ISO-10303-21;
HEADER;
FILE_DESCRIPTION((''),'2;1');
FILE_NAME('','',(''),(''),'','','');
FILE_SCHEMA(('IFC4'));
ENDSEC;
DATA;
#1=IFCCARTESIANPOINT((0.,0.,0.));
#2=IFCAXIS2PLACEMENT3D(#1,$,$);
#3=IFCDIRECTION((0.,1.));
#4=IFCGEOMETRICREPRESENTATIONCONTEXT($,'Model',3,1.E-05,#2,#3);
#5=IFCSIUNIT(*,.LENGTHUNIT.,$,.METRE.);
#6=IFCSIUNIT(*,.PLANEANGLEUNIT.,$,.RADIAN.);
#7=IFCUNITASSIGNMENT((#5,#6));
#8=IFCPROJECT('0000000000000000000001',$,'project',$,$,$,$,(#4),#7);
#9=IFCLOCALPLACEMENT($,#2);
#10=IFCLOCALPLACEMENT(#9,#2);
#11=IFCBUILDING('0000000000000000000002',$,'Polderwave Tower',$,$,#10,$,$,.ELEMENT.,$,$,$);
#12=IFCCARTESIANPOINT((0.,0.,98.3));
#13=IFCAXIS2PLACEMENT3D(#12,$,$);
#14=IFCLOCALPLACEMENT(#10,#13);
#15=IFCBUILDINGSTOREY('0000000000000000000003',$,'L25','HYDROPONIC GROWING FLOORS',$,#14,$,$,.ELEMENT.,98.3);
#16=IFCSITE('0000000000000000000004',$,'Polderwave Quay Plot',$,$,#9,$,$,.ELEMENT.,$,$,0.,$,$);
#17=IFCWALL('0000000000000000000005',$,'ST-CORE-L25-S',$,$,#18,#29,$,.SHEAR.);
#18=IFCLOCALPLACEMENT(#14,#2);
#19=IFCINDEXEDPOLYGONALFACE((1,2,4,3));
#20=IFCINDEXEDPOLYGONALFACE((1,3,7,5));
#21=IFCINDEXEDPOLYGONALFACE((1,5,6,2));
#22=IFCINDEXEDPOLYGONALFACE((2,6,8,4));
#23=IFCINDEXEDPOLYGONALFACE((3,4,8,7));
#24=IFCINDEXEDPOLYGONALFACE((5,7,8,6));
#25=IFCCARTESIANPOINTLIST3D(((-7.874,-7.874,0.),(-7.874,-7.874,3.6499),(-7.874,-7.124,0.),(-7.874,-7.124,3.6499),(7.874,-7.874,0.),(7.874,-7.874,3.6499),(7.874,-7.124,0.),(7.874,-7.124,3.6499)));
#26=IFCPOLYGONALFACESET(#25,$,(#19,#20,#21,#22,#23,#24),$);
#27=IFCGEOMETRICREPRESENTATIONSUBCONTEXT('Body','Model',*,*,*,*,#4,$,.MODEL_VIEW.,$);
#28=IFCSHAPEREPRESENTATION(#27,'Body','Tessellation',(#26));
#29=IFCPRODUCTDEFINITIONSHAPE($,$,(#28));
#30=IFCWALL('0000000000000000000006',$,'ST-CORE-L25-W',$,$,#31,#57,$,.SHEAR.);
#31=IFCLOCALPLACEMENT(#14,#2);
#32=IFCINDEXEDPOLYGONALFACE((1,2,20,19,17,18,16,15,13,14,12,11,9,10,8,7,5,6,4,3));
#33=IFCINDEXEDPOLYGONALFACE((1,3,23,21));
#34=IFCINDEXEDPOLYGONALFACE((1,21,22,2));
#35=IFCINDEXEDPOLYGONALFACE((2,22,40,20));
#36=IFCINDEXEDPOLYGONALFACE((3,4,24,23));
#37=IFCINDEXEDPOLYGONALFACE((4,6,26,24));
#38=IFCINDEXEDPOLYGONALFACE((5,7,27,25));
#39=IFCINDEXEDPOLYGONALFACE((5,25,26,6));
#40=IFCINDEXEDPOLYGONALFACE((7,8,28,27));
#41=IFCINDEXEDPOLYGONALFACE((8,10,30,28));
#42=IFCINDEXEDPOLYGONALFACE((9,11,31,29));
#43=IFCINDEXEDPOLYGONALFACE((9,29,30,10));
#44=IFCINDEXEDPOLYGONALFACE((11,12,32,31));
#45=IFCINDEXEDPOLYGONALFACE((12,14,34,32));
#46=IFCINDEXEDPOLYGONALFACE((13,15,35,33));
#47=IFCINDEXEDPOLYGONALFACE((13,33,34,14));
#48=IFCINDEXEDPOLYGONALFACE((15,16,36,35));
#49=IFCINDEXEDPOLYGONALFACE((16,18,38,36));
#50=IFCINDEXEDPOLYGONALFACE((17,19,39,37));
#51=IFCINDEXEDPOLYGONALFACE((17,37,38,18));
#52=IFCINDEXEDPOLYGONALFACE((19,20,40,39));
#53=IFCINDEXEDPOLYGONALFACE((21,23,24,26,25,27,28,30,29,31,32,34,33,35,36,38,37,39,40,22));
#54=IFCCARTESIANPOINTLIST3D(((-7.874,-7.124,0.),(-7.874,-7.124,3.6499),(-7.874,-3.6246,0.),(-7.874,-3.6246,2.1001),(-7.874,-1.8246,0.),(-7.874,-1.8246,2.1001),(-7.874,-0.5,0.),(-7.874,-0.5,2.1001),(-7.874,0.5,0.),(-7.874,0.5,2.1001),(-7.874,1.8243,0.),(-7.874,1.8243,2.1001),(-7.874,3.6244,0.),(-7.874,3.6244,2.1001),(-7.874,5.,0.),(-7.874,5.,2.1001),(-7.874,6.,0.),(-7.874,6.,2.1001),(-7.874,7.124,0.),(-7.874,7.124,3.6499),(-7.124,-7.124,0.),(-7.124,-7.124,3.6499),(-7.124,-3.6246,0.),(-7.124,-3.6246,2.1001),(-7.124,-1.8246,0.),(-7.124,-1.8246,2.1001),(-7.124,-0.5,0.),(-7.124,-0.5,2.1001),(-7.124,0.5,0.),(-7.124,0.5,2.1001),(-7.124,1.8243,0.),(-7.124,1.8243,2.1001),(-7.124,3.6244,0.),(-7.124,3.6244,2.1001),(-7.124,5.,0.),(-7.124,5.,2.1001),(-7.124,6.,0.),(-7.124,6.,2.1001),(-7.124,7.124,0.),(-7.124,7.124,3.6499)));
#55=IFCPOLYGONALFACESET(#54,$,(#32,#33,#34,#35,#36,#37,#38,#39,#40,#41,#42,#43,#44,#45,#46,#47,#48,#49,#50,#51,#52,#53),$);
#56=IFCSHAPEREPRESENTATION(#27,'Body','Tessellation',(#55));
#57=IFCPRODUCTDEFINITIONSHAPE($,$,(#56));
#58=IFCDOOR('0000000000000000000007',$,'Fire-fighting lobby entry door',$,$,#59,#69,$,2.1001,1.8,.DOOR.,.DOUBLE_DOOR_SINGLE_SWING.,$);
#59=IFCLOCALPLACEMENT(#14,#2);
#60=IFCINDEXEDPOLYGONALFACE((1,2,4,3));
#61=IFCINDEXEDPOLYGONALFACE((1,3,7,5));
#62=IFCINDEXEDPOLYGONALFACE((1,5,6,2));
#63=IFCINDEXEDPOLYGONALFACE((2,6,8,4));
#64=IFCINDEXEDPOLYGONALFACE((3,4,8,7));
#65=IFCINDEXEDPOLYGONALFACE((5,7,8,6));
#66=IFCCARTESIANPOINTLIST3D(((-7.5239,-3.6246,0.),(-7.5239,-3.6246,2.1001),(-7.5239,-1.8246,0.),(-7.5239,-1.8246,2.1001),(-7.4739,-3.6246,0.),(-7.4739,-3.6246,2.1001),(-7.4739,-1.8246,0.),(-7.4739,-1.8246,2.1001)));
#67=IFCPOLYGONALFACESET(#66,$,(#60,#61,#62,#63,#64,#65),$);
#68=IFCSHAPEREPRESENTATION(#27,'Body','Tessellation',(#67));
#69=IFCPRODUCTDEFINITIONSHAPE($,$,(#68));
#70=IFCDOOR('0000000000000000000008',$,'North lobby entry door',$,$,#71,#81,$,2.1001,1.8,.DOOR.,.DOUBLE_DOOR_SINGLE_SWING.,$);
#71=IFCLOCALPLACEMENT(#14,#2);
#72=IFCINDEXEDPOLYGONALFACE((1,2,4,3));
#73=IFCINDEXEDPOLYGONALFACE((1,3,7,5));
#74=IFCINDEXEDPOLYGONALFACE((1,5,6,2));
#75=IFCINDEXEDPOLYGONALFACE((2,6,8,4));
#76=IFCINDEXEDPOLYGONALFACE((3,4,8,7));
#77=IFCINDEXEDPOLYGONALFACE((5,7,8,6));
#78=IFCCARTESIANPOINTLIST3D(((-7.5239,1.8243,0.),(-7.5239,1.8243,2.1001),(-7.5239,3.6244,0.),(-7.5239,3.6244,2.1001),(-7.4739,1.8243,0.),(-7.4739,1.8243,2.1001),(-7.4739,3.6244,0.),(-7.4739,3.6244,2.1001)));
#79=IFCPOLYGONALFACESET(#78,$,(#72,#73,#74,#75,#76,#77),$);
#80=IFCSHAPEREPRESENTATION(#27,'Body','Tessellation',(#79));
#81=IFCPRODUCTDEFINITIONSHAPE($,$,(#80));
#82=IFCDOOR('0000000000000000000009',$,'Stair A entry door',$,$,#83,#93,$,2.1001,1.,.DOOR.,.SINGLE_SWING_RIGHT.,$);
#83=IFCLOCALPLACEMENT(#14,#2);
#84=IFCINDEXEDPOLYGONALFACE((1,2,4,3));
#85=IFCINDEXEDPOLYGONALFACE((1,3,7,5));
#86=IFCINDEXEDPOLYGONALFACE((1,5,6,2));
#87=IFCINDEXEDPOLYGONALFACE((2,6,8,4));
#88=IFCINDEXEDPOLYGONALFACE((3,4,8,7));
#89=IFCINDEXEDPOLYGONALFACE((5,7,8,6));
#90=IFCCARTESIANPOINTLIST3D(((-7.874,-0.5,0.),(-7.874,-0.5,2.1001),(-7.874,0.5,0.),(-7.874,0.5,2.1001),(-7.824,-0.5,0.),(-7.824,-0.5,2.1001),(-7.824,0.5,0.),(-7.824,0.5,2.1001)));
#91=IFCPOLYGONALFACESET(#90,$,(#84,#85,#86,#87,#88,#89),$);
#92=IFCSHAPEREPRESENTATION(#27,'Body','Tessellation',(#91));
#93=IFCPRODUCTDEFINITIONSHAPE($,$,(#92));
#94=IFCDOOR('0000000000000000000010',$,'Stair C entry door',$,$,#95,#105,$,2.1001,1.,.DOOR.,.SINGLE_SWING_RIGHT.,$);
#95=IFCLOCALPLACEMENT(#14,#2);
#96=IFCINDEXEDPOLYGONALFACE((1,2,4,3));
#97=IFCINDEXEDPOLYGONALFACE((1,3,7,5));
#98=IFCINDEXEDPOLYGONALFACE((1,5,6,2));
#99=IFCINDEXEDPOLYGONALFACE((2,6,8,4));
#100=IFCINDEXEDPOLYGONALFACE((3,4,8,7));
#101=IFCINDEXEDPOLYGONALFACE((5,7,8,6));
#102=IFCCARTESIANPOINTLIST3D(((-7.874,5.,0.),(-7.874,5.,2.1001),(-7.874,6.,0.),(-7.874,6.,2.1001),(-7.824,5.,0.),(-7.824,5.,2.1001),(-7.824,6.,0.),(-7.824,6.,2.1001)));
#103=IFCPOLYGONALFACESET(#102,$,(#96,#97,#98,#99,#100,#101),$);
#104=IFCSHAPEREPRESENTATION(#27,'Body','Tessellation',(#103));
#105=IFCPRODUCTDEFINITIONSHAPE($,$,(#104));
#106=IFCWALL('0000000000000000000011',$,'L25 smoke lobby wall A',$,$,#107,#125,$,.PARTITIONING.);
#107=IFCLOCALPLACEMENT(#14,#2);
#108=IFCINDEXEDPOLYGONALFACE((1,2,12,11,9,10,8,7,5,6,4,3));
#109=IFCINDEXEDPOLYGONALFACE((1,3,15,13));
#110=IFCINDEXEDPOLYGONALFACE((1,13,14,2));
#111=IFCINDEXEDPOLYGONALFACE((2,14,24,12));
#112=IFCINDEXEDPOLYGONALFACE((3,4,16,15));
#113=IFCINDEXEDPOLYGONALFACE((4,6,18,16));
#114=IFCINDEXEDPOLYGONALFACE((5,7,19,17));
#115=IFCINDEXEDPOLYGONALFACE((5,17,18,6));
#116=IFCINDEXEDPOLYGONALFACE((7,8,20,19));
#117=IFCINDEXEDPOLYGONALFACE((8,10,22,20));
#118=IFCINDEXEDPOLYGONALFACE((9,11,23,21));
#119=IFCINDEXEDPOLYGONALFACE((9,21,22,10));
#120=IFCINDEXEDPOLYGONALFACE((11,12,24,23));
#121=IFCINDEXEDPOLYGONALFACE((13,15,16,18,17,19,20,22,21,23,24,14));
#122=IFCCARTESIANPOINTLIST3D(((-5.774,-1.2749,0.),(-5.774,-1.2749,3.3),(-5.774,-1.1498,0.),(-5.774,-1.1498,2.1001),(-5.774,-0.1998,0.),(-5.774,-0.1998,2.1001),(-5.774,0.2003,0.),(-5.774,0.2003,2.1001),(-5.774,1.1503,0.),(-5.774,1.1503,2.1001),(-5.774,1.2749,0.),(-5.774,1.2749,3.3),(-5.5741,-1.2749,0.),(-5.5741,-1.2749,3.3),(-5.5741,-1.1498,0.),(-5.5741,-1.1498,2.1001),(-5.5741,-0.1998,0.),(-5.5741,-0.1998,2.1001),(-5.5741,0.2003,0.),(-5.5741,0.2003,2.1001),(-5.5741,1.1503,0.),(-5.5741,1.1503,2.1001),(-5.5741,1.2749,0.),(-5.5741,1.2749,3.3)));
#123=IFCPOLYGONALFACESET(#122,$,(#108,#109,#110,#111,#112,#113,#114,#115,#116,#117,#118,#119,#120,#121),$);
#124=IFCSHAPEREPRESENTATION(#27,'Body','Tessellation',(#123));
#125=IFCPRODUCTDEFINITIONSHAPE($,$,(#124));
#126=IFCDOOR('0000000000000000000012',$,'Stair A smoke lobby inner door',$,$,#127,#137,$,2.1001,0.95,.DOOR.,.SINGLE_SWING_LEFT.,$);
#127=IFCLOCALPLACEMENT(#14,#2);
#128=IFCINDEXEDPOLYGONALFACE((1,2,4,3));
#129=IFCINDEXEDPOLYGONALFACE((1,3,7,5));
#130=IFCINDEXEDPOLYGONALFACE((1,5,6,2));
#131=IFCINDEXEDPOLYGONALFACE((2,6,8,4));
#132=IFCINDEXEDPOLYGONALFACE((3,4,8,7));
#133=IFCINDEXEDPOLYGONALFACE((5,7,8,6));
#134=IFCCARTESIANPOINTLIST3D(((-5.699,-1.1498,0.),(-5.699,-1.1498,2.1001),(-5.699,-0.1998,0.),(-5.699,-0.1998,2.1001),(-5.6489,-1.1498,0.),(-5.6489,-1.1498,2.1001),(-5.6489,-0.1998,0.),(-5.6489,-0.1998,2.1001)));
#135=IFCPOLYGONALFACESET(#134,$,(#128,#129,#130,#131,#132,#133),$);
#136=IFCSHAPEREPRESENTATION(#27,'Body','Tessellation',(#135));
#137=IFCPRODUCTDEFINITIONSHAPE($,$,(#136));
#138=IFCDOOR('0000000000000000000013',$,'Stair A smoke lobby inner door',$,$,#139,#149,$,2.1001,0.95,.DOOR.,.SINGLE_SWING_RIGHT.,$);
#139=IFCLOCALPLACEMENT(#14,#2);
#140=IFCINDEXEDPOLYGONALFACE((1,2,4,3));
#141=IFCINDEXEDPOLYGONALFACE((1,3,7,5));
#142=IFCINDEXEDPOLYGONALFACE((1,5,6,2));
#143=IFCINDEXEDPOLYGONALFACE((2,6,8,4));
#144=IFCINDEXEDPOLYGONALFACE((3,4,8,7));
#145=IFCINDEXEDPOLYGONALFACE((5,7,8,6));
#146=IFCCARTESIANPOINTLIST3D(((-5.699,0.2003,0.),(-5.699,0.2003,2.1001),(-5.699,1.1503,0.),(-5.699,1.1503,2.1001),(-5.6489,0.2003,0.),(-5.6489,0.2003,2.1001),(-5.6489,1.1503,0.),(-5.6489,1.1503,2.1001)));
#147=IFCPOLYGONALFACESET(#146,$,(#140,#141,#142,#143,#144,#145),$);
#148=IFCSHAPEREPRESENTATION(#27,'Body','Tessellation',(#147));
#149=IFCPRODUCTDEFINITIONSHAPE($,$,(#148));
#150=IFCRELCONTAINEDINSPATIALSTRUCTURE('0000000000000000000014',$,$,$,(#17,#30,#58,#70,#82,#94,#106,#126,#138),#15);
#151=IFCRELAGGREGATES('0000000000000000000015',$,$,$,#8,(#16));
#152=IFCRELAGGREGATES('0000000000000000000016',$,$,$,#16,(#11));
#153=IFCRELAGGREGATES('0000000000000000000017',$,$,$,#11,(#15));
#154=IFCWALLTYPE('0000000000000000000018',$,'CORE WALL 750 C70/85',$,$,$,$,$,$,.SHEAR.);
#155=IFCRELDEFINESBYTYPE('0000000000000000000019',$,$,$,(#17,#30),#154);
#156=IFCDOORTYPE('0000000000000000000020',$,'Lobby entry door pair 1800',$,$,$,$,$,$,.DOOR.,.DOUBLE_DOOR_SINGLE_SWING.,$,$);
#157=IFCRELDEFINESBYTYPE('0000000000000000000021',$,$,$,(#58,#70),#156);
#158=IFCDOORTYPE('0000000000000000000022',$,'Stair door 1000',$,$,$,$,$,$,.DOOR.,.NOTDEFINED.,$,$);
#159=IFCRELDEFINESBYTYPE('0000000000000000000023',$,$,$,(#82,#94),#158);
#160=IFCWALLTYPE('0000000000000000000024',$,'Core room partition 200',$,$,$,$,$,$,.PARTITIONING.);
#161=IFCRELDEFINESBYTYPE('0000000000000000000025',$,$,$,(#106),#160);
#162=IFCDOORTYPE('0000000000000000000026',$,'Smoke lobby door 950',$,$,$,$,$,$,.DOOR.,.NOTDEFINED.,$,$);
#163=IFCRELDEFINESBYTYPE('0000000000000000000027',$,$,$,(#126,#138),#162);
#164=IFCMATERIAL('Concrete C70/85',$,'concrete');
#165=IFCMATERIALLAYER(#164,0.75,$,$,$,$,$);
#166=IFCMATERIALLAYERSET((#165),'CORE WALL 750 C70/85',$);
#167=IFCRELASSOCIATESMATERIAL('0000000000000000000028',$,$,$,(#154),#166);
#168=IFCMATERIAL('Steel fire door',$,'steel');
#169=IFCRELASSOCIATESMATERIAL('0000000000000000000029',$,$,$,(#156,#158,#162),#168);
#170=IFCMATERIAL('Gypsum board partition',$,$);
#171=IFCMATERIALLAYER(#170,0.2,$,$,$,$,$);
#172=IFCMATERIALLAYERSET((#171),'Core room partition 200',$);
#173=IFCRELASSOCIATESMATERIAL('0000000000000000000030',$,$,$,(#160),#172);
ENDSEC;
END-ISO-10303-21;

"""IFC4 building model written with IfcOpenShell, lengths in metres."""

from ifc_helpers import new_model, si_unit, direction, frame, frame_2d, origin, place, context, subcontext, project, spatial, rectangle, extrude, material, layer, layer_set, type_object, element, fill, save


model = new_model("IFC4")

# Units and contexts
model_context = context("Model", 3, precision=1e-05, world=origin(), true_north=direction((0.0, 1.0)))
body_context = subcontext(model_context, "Body", "Model", "MODEL_VIEW")
ifc_project = project(units=[si_unit("LENGTHUNIT", "METRE"), si_unit("PLANEANGLEUNIT", "RADIAN")], contexts=[model_context])

# Site, building, storey
site_placement = place(None, origin())
site = spatial("IfcSite", under=ifc_project, at=site_placement, Name="Polderwave Quay Plot", CompositionType="ELEMENT", RefElevation=0.0)
building_placement = place(site_placement, origin())
building = spatial("IfcBuilding", under=site, at=building_placement, Name="Polderwave Tower", CompositionType="ELEMENT")
storey_placement = place(building_placement, frame((0.0, 0.0, 98.3)))
storey = spatial("IfcBuildingStorey", under=building, at=storey_placement, Name="L25", Description="HYDROPONIC GROWING FLOORS", CompositionType="ELEMENT", Elevation=98.3)

# Wall
ifc_material_1 = material(Name="Concrete C70/85", Category="concrete")
ifc_layer_1 = layer(ifc_material_1, 0.75)
ifc_layer_set_1 = layer_set([ifc_layer_1], Name="CORE WALL 750 C70/85")
wall_type_1 = type_object("IfcWallType", Name="CORE WALL 750 C70/85", PredefinedType="SHEAR", material=ifc_layer_set_1)
wall_1_placement = place(storey_placement, frame((-7.874, -7.499, 0.0), z_axis=(0.0, 0.0, 1.0), x_axis=(1.0, 0.0, 0.0)))
element("IfcWall", 1, at=wall_1_placement, inside=storey, type_object=wall_type_1, Name="ST-CORE-L25-S", PredefinedType="SHEAR", context=body_context, shape_type="SweptSolid", body=[
    extrude(rectangle(XDim=15.748, YDim=0.75, at=frame_2d((7.874, 0.0))), origin(), (0.0, 0.0, 1.0), 3.6499),
])

# Walls, openings, doors
wall_2_placement = place(storey_placement, frame((-7.499, -7.124, 0.0), z_axis=(0.0, 0.0, 1.0), x_axis=(0.0, 1.0, 0.0)))
wall_2 = element("IfcWall", 2, at=wall_2_placement, inside=storey, type_object=wall_type_1, Name="ST-CORE-L25-W", PredefinedType="SHEAR", context=body_context, shape_type="SweptSolid", body=[
    extrude(rectangle(XDim=14.248, YDim=0.75, at=frame_2d((7.124, 0.0))), origin(), (0.0, 0.0, 1.0), 3.6499),
])
opening_1_placement = place(wall_2_placement, frame((6.624, 0.0, 0.0)))
opening_1 = element("IfcOpeningElement", 3, at=opening_1_placement, cuts=wall_2, PredefinedType="OPENING", context=body_context, shape_type="SweptSolid", body=[
    extrude(rectangle(XDim=1.0, YDim=2.1001, at=frame_2d((0.5, 1.05))), frame((0.0, 0.385, 0.0), z_axis=(0.0, -1.0, 0.0), x_axis=(1.0, 0.0, 0.0)), (0.0, 0.0, 1.0), 0.77),
])
opening_2_placement = place(wall_2_placement, frame((3.4995, 0.0, 0.0)))
opening_2 = element("IfcOpeningElement", 4, at=opening_2_placement, cuts=wall_2, PredefinedType="OPENING", context=body_context, shape_type="SweptSolid", body=[
    extrude(rectangle(XDim=1.8, YDim=2.1001, at=frame_2d((0.8999, 1.05))), frame((0.0, 0.385, 0.0), z_axis=(0.0, -1.0, 0.0), x_axis=(1.0, 0.0, 0.0)), (0.0, 0.0, 1.0), 0.77),
])
opening_3_placement = place(wall_2_placement, frame((8.9485, 0.0, 0.0)))
opening_3 = element("IfcOpeningElement", 5, at=opening_3_placement, cuts=wall_2, PredefinedType="OPENING", context=body_context, shape_type="SweptSolid", body=[
    extrude(rectangle(XDim=1.8, YDim=2.1001, at=frame_2d((0.8999, 1.05))), frame((0.0, 0.385, 0.0), z_axis=(0.0, -1.0, 0.0), x_axis=(1.0, 0.0, 0.0)), (0.0, 0.0, 1.0), 0.77),
])
opening_4_placement = place(wall_2_placement, frame((12.124, 0.0, 0.0)))
opening_4 = element("IfcOpeningElement", 6, at=opening_4_placement, cuts=wall_2, PredefinedType="OPENING", context=body_context, shape_type="SweptSolid", body=[
    extrude(rectangle(XDim=1.0, YDim=2.1001, at=frame_2d((0.5, 1.05))), frame((0.0, 0.385, 0.0), z_axis=(0.0, -1.0, 0.0), x_axis=(1.0, 0.0, 0.0)), (0.0, 0.0, 1.0), 0.77),
])
ifc_material_2 = material(Name="Steel fire door", Category="steel")
door_type_1 = type_object("IfcDoorType", Name="Lobby entry door pair 1800", OperationType="DOUBLE_DOOR_SINGLE_SWING", PredefinedType="DOOR", material=ifc_material_2)
door_1_placement = place(opening_2_placement, origin())
door_1 = element("IfcDoor", 7, at=door_1_placement, inside=storey, type_object=door_type_1, Name="Fire-fighting lobby entry door", OperationType="DOUBLE_DOOR_SINGLE_SWING", OverallHeight=2.1001, OverallWidth=1.8, PredefinedType="DOOR", context=body_context, shape_type="SweptSolid", body=[
    extrude(rectangle(XDim=1.8, YDim=2.1001, at=frame_2d((0.8999, 1.05))), frame((0.0, 0.0249, 0.0), z_axis=(0.0, -1.0, 0.0), x_axis=(1.0, 0.0, 0.0)), (0.0, 0.0, 1.0), 0.05),
])
fill(opening_2, door_1)
door_2_placement = place(opening_3_placement, origin())
door_2 = element("IfcDoor", 8, at=door_2_placement, inside=storey, type_object=door_type_1, Name="North lobby entry door", OperationType="DOUBLE_DOOR_SINGLE_SWING", OverallHeight=2.1001, OverallWidth=1.8, PredefinedType="DOOR", context=body_context, shape_type="SweptSolid", body=[
    extrude(rectangle(XDim=1.8, YDim=2.1001, at=frame_2d((0.8999, 1.05))), frame((0.0, 0.0249, 0.0), z_axis=(0.0, -1.0, 0.0), x_axis=(1.0, 0.0, 0.0)), (0.0, 0.0, 1.0), 0.05),
])
fill(opening_3, door_2)
door_type_2 = type_object("IfcDoorType", Name="Stair door 1000", OperationType="NOTDEFINED", PredefinedType="DOOR", material=ifc_material_2)
door_3_placement = place(opening_1_placement, origin())
door_3 = element("IfcDoor", 9, at=door_3_placement, inside=storey, type_object=door_type_2, Name="Stair A entry door", OperationType="SINGLE_SWING_RIGHT", OverallHeight=2.1001, OverallWidth=1.0, PredefinedType="DOOR", context=body_context, shape_type="SweptSolid", body=[
    extrude(rectangle(XDim=1.0, YDim=2.1001, at=frame_2d((0.5, 1.05))), frame((0.0, 0.375, 0.0), z_axis=(0.0, -1.0, 0.0), x_axis=(1.0, 0.0, 0.0)), (0.0, 0.0, 1.0), 0.05),
])
fill(opening_1, door_3)
door_4_placement = place(opening_4_placement, origin())
door_4 = element("IfcDoor", 10, at=door_4_placement, inside=storey, type_object=door_type_2, Name="Stair C entry door", OperationType="SINGLE_SWING_RIGHT", OverallHeight=2.1001, OverallWidth=1.0, PredefinedType="DOOR", context=body_context, shape_type="SweptSolid", body=[
    extrude(rectangle(XDim=1.0, YDim=2.1001, at=frame_2d((0.5, 1.05))), frame((0.0, 0.375, 0.0), z_axis=(0.0, -1.0, 0.0), x_axis=(1.0, 0.0, 0.0)), (0.0, 0.0, 1.0), 0.05),
])
fill(opening_4, door_4)
ifc_material_3 = material(Name="Gypsum board partition")
ifc_layer_2 = layer(ifc_material_3, 0.2)
ifc_layer_set_2 = layer_set([ifc_layer_2], Name="Core room partition 200")
wall_type_2 = type_object("IfcWallType", Name="Core room partition 200", PredefinedType="PARTITIONING", material=ifc_layer_set_2)
wall_3_placement = place(storey_placement, frame((-5.6741, -1.2749, 0.0), z_axis=(0.0, 0.0, 1.0), x_axis=(0.0, 1.0, 0.0)))
wall_3 = element("IfcWall", 11, at=wall_3_placement, inside=storey, type_object=wall_type_2, Name="L25 smoke lobby wall A", PredefinedType="PARTITIONING", context=body_context, shape_type="SweptSolid", body=[
    extrude(rectangle(XDim=2.5498, YDim=0.2, at=frame_2d((1.2749, 0.0))), origin(), (0.0, 0.0, 1.0), 3.3),
])
opening_5_placement = place(wall_3_placement, frame((0.125, 0.0, 0.0)))
opening_5 = element("IfcOpeningElement", 12, at=opening_5_placement, cuts=wall_3, PredefinedType="OPENING", context=body_context, shape_type="SweptSolid", body=[
    extrude(rectangle(XDim=0.95, YDim=2.1001, at=frame_2d((0.4751, 1.05))), frame((0.0, 0.1099, 0.0), z_axis=(0.0, -1.0, 0.0), x_axis=(1.0, 0.0, 0.0)), (0.0, 0.0, 1.0), 0.22),
])
opening_6_placement = place(wall_3_placement, frame((1.4751, 0.0, 0.0)))
opening_6 = element("IfcOpeningElement", 13, at=opening_6_placement, cuts=wall_3, PredefinedType="OPENING", context=body_context, shape_type="SweptSolid", body=[
    extrude(rectangle(XDim=0.95, YDim=2.1001, at=frame_2d((0.4751, 1.05))), frame((0.0, 0.1099, 0.0), z_axis=(0.0, -1.0, 0.0), x_axis=(1.0, 0.0, 0.0)), (0.0, 0.0, 1.0), 0.22),
])
door_type_3 = type_object("IfcDoorType", Name="Smoke lobby door 950", OperationType="NOTDEFINED", PredefinedType="DOOR", material=ifc_material_2)
door_5_placement = place(opening_5_placement, origin())
door_5 = element("IfcDoor", 14, at=door_5_placement, inside=storey, type_object=door_type_3, Name="Stair A smoke lobby inner door", OperationType="SINGLE_SWING_LEFT", OverallHeight=2.1001, OverallWidth=0.95, PredefinedType="DOOR", context=body_context, shape_type="SweptSolid", body=[
    extrude(rectangle(XDim=0.95, YDim=2.1001, at=frame_2d((0.4751, 1.05))), frame((0.0, 0.0249, 0.0), z_axis=(0.0, -1.0, 0.0), x_axis=(1.0, 0.0, 0.0)), (0.0, 0.0, 1.0), 0.05),
])
fill(opening_5, door_5)
door_6_placement = place(opening_6_placement, origin())
door_6 = element("IfcDoor", 15, at=door_6_placement, inside=storey, type_object=door_type_3, Name="Stair A smoke lobby inner door", OperationType="SINGLE_SWING_RIGHT", OverallHeight=2.1001, OverallWidth=0.95, PredefinedType="DOOR", context=body_context, shape_type="SweptSolid", body=[
    extrude(rectangle(XDim=0.95, YDim=2.1001, at=frame_2d((0.4751, 1.05))), frame((0.0, 0.0249, 0.0), z_axis=(0.0, -1.0, 0.0), x_axis=(1.0, 0.0, 0.0)), (0.0, 0.0, 1.0), 0.05),
])
fill(opening_6, door_6)

save(model, "model.ifc")
